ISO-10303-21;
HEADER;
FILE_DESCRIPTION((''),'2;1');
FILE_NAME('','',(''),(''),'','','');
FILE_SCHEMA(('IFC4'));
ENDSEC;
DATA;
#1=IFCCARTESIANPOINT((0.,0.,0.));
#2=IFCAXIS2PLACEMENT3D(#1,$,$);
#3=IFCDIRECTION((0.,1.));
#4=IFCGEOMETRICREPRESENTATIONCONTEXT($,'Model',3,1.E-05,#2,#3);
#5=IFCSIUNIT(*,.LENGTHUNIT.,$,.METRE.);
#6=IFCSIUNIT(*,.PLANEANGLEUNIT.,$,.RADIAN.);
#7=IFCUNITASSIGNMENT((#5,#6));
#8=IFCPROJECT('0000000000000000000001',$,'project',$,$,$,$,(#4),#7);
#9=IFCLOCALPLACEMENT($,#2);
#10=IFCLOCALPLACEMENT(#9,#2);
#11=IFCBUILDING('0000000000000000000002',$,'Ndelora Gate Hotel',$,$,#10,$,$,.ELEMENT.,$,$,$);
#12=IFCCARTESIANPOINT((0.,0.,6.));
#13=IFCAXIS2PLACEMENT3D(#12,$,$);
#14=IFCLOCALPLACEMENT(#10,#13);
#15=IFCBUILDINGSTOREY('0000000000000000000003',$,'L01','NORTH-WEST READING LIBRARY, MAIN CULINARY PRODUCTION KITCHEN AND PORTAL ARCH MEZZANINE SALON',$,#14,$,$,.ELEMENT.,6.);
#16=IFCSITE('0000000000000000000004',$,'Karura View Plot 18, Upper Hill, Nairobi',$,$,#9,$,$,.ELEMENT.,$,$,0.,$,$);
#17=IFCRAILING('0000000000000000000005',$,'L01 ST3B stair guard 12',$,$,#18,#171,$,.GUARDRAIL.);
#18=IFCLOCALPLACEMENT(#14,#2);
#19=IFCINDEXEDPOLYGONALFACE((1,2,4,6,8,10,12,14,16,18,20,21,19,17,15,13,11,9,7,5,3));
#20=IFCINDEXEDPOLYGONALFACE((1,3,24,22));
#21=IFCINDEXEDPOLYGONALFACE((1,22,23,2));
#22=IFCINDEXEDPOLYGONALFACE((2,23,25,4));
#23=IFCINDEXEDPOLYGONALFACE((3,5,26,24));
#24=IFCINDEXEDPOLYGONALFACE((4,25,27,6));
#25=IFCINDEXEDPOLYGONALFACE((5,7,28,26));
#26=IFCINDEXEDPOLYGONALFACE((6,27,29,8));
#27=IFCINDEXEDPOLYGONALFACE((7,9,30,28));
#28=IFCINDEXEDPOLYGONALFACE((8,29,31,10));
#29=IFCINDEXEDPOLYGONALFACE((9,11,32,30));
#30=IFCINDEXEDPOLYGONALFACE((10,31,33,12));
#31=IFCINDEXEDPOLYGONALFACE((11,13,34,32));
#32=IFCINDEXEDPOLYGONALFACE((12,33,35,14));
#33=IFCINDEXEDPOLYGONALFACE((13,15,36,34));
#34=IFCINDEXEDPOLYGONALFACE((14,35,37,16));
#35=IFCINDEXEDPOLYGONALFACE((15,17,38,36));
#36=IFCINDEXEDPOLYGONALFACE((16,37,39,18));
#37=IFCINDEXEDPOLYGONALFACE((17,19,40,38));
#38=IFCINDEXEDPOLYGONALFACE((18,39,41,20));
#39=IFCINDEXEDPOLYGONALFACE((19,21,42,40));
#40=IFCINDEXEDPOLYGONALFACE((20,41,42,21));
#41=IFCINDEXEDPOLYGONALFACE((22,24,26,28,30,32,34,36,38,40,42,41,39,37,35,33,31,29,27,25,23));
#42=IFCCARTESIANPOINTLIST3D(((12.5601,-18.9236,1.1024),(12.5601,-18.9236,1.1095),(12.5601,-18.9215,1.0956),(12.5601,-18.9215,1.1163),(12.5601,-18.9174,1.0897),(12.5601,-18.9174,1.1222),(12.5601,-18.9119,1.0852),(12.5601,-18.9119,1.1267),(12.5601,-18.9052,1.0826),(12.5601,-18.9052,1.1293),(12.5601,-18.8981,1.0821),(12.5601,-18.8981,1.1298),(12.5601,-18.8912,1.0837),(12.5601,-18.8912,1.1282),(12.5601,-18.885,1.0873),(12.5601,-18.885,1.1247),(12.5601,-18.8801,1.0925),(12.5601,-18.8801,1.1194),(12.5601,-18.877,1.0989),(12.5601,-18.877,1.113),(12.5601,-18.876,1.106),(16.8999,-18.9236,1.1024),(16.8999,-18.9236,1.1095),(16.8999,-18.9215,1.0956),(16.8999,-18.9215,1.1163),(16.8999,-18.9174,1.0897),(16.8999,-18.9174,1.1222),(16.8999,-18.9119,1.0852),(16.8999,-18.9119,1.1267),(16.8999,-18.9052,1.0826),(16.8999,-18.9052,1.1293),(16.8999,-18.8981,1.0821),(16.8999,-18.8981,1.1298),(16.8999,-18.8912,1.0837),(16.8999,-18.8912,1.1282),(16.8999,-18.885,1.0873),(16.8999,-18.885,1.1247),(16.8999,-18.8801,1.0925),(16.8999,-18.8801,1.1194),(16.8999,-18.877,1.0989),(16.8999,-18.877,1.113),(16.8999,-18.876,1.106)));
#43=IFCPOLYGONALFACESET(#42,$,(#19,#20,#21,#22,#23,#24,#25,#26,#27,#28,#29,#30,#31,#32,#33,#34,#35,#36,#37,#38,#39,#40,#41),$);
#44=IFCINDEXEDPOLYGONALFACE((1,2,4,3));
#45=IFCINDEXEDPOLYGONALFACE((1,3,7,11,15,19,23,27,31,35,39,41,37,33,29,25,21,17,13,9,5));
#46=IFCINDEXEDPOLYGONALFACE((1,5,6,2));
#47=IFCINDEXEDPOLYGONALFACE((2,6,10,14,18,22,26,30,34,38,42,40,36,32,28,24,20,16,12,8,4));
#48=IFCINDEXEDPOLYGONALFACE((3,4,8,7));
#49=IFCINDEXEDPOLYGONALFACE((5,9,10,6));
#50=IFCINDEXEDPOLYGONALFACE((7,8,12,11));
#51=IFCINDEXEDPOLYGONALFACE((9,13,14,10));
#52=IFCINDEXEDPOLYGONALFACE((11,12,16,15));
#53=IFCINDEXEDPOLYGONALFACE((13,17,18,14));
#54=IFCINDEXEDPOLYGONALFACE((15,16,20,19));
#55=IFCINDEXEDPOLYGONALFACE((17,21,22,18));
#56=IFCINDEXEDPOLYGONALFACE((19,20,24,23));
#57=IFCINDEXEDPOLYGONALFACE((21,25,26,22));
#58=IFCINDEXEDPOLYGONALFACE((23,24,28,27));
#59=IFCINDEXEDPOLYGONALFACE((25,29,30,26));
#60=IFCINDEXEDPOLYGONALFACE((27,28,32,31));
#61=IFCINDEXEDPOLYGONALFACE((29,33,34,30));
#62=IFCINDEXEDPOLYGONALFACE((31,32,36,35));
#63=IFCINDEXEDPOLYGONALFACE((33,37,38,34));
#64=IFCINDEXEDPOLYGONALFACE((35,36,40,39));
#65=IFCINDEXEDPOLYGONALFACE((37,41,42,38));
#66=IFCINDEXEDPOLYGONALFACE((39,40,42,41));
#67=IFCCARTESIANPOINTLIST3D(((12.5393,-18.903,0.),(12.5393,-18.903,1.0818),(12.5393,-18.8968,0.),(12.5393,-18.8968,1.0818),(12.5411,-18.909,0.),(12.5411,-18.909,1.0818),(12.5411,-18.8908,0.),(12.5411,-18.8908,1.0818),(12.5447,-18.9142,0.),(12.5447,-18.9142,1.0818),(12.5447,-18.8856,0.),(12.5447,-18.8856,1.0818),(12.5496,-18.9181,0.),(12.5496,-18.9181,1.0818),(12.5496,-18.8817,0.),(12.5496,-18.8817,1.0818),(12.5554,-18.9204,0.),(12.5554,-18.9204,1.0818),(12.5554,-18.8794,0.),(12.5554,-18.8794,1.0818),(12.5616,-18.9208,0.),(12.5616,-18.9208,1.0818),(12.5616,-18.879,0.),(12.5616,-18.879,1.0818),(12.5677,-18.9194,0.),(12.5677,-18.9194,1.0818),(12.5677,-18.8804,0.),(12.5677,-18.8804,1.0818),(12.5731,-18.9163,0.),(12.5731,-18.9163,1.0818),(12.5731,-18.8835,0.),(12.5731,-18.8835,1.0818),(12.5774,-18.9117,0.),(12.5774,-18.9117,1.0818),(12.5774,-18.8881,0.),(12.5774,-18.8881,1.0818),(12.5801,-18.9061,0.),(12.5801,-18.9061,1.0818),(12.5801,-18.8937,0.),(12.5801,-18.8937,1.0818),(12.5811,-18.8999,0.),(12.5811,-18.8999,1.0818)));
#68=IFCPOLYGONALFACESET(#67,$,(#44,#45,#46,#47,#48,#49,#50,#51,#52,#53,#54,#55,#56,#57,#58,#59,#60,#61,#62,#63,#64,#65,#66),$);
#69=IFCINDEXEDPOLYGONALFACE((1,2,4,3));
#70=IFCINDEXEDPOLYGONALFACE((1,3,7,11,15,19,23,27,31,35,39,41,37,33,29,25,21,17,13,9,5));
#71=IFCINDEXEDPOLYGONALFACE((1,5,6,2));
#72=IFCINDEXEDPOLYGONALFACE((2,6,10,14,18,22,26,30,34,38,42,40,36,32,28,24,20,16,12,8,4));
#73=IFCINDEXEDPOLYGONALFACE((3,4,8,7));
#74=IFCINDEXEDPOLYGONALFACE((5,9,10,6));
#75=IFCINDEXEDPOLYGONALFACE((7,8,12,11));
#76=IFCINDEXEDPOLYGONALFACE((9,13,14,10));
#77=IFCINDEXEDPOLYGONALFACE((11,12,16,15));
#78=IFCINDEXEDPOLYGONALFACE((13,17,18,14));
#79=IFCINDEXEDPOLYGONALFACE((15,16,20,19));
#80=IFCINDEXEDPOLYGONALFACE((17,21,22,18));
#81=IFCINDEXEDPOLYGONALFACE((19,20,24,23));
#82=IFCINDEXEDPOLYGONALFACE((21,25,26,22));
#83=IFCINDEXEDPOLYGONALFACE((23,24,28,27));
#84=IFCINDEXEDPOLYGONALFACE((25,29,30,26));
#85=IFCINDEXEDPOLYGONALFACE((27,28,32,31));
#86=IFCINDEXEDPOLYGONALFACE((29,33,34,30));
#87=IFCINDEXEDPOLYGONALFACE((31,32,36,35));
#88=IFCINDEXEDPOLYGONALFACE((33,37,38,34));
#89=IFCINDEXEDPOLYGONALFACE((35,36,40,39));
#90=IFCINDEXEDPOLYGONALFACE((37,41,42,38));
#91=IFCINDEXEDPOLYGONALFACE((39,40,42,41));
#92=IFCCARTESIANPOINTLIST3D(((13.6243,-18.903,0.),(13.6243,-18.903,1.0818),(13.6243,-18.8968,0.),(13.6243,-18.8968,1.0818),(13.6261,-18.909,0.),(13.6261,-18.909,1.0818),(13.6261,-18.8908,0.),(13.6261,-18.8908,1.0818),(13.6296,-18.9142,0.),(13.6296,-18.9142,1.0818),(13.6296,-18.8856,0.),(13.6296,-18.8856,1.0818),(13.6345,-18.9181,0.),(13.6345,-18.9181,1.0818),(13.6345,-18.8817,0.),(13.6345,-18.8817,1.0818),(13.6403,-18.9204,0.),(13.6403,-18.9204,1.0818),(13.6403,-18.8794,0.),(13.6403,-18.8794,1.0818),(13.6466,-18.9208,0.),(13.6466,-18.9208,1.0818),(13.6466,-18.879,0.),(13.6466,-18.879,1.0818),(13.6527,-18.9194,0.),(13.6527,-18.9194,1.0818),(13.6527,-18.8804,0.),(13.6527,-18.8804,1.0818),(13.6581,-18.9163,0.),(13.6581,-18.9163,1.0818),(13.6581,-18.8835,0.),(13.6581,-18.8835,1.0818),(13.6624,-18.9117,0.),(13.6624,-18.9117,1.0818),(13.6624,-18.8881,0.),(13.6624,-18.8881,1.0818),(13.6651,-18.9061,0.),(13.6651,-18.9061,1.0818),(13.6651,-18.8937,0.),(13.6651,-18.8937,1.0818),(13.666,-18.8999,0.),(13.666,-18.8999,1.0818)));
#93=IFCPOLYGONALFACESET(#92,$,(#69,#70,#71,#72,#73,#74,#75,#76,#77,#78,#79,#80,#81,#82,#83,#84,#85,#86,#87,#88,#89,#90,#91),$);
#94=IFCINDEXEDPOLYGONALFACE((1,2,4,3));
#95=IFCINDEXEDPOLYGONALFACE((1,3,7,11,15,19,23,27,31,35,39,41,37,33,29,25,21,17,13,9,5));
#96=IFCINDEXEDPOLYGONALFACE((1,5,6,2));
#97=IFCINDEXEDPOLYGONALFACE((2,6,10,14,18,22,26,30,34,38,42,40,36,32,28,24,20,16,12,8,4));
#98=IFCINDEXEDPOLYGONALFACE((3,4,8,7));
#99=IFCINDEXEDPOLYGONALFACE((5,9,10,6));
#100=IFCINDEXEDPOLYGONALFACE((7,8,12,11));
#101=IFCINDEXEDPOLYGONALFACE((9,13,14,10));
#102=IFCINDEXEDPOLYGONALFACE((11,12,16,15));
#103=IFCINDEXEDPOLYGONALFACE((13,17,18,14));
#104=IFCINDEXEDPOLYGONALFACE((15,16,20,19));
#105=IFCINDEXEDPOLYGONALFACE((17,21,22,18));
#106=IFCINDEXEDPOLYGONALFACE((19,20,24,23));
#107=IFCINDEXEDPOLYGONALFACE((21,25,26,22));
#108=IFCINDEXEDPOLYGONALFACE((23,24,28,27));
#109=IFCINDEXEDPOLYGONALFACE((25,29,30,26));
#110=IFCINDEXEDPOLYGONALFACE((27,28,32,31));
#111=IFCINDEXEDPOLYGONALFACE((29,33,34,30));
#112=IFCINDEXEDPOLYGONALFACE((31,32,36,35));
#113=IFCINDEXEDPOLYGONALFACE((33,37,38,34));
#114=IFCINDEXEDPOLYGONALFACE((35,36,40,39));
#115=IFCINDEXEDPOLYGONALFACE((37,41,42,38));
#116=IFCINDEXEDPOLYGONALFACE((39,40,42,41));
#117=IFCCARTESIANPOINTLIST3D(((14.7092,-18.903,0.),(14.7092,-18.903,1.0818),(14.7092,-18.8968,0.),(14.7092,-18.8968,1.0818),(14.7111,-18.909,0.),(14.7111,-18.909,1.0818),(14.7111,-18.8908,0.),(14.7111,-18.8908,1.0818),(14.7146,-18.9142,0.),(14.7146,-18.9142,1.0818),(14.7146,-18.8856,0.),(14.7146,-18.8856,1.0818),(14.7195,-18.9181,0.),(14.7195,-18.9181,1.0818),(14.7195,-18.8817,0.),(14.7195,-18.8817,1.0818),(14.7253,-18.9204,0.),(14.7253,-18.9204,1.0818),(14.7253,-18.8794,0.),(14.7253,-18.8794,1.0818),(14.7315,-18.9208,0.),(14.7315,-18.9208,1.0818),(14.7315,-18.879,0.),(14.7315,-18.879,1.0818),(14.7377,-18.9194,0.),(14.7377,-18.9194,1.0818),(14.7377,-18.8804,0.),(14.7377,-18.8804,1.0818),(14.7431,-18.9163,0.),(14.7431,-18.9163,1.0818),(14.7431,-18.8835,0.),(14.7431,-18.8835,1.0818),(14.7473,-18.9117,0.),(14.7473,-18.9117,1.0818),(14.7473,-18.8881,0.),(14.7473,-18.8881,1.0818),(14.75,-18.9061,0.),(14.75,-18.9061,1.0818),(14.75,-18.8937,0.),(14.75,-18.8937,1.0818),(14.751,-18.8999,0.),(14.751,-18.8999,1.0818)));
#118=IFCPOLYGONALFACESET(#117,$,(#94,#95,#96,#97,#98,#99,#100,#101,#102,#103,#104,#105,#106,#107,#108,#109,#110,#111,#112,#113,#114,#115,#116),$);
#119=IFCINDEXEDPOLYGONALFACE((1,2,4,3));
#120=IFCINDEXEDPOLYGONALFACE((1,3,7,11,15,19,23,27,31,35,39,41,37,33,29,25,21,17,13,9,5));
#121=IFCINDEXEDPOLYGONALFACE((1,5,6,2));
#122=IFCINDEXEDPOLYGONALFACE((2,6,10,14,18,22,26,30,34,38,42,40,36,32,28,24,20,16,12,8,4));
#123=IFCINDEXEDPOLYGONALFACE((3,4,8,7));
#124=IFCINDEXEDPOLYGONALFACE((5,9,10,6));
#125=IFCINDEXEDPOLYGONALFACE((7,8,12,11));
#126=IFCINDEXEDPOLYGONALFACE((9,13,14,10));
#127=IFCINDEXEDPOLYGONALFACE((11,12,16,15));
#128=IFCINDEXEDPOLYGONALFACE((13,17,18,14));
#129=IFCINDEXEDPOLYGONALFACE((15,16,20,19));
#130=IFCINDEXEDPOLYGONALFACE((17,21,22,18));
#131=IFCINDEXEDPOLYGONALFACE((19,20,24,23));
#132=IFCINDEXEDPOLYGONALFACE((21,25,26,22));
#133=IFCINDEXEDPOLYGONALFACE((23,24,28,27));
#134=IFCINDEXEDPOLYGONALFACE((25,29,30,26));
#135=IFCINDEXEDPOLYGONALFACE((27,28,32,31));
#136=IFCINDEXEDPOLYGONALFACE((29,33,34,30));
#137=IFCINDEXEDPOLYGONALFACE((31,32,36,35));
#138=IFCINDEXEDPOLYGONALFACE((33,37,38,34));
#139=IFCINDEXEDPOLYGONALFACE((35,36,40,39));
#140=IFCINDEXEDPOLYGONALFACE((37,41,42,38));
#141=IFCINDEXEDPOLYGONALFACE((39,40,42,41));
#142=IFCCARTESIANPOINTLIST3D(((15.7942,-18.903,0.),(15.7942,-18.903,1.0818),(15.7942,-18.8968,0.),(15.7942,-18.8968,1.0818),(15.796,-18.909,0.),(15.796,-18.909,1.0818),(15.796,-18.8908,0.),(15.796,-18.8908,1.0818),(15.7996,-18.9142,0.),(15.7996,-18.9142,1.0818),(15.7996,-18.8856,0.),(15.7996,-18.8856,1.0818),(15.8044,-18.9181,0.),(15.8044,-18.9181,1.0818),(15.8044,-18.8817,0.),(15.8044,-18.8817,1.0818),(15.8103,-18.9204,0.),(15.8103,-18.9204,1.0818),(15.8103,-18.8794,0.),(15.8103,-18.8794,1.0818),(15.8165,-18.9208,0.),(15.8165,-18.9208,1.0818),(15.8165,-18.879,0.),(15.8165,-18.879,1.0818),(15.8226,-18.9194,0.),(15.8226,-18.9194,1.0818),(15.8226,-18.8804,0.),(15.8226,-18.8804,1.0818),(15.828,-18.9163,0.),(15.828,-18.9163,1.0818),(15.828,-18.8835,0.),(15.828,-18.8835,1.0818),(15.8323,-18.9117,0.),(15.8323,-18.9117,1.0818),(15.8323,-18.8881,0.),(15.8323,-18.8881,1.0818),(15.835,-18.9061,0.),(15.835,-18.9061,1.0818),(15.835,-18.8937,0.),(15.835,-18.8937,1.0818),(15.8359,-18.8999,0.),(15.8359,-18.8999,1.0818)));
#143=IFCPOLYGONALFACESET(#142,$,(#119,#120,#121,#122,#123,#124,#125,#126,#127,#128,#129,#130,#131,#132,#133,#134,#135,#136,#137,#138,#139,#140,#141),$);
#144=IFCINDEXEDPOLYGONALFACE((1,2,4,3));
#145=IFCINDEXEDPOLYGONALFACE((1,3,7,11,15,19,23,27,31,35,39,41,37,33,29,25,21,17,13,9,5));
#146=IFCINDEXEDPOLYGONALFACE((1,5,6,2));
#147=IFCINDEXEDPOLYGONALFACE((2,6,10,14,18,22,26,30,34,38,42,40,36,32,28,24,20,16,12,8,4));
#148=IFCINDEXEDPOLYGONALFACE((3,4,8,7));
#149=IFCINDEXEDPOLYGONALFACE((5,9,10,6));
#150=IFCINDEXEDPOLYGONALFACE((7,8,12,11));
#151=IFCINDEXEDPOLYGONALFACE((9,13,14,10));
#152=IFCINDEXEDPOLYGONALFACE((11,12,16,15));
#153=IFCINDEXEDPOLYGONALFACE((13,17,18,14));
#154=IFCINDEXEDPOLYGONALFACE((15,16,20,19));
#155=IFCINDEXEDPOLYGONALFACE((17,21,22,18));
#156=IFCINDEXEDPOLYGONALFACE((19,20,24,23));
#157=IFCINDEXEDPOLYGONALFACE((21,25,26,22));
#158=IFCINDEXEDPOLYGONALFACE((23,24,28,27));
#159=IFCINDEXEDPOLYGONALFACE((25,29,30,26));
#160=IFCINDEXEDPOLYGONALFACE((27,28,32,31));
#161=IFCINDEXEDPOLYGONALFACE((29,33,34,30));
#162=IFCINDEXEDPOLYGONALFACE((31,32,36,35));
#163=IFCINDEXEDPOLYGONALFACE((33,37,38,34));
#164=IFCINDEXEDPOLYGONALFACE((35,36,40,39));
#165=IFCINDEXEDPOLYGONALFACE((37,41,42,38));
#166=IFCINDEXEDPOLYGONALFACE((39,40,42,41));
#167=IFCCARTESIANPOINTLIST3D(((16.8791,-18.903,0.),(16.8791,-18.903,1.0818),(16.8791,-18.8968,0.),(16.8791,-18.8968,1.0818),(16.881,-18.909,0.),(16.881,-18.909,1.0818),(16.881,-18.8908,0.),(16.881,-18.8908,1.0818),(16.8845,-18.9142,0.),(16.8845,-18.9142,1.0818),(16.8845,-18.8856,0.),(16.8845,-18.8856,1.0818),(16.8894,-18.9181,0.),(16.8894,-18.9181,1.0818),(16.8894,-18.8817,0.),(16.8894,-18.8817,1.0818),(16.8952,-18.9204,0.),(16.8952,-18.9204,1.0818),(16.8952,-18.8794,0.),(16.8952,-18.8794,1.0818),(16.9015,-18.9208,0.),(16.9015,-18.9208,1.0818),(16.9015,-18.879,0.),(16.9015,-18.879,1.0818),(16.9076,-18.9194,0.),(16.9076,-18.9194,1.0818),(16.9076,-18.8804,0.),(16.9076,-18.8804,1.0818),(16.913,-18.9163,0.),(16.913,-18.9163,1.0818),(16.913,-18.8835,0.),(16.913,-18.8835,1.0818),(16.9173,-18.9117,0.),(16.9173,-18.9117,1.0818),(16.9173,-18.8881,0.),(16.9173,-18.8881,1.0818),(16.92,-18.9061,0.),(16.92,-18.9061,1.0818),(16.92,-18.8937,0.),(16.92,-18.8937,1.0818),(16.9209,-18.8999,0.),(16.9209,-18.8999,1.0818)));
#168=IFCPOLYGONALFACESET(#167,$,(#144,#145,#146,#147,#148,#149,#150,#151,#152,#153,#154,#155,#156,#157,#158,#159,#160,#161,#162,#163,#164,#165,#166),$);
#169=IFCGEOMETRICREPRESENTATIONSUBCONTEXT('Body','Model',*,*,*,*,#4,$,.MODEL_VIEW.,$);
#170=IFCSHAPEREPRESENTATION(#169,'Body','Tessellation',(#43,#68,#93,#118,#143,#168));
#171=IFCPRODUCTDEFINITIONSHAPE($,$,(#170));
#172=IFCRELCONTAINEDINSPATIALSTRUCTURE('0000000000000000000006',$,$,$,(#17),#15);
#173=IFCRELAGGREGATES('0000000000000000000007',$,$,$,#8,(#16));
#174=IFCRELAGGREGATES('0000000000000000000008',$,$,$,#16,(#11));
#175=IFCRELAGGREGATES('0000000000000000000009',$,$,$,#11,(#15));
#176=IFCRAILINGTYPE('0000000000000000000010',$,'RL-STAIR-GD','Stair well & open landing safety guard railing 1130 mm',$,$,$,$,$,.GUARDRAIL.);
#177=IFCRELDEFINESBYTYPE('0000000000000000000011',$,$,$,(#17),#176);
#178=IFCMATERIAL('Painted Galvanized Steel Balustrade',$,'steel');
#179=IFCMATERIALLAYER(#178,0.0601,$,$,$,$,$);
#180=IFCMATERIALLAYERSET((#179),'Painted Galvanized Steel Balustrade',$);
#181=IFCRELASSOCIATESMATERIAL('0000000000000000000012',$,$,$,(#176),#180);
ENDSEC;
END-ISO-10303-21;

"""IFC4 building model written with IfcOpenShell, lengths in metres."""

from ifc_helpers import new_model, si_unit, direction, frame, origin, origin_2d, place, context, subcontext, project, spatial, circle, extrude, material, layer, layer_set, type_object, element, save


model = new_model("IFC4")

# Units and contexts
model_context = context("Model", 3, precision=1e-05, world=origin(), true_north=direction((0.0, 1.0)))
body_context = subcontext(model_context, "Body", "Model", "MODEL_VIEW")
ifc_project = project(units=[si_unit("LENGTHUNIT", "METRE"), si_unit("PLANEANGLEUNIT", "RADIAN")], contexts=[model_context])

# Site, building, storey
site_placement = place(None, origin())
site = spatial("IfcSite", under=ifc_project, at=site_placement, Name="Karura View Plot 18, Upper Hill, Nairobi", CompositionType="ELEMENT", RefElevation=0.0)
building_placement = place(site_placement, origin())
building = spatial("IfcBuilding", under=site, at=building_placement, Name="Ndelora Gate Hotel", CompositionType="ELEMENT")
storey_placement = place(building_placement, frame((0.0, 0.0, 6.0)))
storey = spatial("IfcBuildingStorey", under=building, at=storey_placement, Name="L01", Description="NORTH-WEST READING LIBRARY, MAIN CULINARY PRODUCTION KITCHEN AND PORTAL ARCH MEZZANINE SALON", CompositionType="ELEMENT", Elevation=6.0)

# Railing
ifc_material_1 = material(Name="Painted Galvanized Steel Balustrade", Category="steel")
ifc_layer_1 = layer(ifc_material_1, 0.0601)
ifc_layer_set_1 = layer_set([ifc_layer_1], Name="Painted Galvanized Steel Balustrade")
railing_type_1 = type_object("IfcRailingType", Name="RL-STAIR-GD", Description="Stair well & open landing safety guard railing 1130 mm", PredefinedType="GUARDRAIL", material=ifc_layer_set_1)
railing_1_placement = place(storey_placement, frame((12.5601, -18.8999, 0.0)))
element("IfcRailing", 1, at=railing_1_placement, inside=storey, type_object=railing_type_1, Name="L01 ST3B stair guard 12", PredefinedType="GUARDRAIL", context=body_context, shape_type="SweptSolid", body=[
    extrude(circle(Radius=0.0239, at=origin_2d()), frame((0.0, 0.0, 1.106), z_axis=(1.0, 0.0, 0.0), x_axis=(0.0, 1.0, 0.0)), (0.0, 0.0, 1.0), 4.3398),
    extrude(circle(Radius=0.021, at=origin_2d()), origin(), (0.0, 0.0, 1.0), 1.0818),
    extrude(circle(Radius=0.021, at=origin_2d()), frame((1.085, 0.0, 0.0)), (0.0, 0.0, 1.0), 1.0818),
    extrude(circle(Radius=0.021, at=origin_2d()), frame((2.1699, 0.0, 0.0)), (0.0, 0.0, 1.0), 1.0818),
    extrude(circle(Radius=0.021, at=origin_2d()), frame((3.2549, 0.0, 0.0)), (0.0, 0.0, 1.0), 1.0818),
    extrude(circle(Radius=0.021, at=origin_2d()), frame((4.3398, 0.0, 0.0)), (0.0, 0.0, 1.0), 1.0818),
])

save(model, "model.ifc")
